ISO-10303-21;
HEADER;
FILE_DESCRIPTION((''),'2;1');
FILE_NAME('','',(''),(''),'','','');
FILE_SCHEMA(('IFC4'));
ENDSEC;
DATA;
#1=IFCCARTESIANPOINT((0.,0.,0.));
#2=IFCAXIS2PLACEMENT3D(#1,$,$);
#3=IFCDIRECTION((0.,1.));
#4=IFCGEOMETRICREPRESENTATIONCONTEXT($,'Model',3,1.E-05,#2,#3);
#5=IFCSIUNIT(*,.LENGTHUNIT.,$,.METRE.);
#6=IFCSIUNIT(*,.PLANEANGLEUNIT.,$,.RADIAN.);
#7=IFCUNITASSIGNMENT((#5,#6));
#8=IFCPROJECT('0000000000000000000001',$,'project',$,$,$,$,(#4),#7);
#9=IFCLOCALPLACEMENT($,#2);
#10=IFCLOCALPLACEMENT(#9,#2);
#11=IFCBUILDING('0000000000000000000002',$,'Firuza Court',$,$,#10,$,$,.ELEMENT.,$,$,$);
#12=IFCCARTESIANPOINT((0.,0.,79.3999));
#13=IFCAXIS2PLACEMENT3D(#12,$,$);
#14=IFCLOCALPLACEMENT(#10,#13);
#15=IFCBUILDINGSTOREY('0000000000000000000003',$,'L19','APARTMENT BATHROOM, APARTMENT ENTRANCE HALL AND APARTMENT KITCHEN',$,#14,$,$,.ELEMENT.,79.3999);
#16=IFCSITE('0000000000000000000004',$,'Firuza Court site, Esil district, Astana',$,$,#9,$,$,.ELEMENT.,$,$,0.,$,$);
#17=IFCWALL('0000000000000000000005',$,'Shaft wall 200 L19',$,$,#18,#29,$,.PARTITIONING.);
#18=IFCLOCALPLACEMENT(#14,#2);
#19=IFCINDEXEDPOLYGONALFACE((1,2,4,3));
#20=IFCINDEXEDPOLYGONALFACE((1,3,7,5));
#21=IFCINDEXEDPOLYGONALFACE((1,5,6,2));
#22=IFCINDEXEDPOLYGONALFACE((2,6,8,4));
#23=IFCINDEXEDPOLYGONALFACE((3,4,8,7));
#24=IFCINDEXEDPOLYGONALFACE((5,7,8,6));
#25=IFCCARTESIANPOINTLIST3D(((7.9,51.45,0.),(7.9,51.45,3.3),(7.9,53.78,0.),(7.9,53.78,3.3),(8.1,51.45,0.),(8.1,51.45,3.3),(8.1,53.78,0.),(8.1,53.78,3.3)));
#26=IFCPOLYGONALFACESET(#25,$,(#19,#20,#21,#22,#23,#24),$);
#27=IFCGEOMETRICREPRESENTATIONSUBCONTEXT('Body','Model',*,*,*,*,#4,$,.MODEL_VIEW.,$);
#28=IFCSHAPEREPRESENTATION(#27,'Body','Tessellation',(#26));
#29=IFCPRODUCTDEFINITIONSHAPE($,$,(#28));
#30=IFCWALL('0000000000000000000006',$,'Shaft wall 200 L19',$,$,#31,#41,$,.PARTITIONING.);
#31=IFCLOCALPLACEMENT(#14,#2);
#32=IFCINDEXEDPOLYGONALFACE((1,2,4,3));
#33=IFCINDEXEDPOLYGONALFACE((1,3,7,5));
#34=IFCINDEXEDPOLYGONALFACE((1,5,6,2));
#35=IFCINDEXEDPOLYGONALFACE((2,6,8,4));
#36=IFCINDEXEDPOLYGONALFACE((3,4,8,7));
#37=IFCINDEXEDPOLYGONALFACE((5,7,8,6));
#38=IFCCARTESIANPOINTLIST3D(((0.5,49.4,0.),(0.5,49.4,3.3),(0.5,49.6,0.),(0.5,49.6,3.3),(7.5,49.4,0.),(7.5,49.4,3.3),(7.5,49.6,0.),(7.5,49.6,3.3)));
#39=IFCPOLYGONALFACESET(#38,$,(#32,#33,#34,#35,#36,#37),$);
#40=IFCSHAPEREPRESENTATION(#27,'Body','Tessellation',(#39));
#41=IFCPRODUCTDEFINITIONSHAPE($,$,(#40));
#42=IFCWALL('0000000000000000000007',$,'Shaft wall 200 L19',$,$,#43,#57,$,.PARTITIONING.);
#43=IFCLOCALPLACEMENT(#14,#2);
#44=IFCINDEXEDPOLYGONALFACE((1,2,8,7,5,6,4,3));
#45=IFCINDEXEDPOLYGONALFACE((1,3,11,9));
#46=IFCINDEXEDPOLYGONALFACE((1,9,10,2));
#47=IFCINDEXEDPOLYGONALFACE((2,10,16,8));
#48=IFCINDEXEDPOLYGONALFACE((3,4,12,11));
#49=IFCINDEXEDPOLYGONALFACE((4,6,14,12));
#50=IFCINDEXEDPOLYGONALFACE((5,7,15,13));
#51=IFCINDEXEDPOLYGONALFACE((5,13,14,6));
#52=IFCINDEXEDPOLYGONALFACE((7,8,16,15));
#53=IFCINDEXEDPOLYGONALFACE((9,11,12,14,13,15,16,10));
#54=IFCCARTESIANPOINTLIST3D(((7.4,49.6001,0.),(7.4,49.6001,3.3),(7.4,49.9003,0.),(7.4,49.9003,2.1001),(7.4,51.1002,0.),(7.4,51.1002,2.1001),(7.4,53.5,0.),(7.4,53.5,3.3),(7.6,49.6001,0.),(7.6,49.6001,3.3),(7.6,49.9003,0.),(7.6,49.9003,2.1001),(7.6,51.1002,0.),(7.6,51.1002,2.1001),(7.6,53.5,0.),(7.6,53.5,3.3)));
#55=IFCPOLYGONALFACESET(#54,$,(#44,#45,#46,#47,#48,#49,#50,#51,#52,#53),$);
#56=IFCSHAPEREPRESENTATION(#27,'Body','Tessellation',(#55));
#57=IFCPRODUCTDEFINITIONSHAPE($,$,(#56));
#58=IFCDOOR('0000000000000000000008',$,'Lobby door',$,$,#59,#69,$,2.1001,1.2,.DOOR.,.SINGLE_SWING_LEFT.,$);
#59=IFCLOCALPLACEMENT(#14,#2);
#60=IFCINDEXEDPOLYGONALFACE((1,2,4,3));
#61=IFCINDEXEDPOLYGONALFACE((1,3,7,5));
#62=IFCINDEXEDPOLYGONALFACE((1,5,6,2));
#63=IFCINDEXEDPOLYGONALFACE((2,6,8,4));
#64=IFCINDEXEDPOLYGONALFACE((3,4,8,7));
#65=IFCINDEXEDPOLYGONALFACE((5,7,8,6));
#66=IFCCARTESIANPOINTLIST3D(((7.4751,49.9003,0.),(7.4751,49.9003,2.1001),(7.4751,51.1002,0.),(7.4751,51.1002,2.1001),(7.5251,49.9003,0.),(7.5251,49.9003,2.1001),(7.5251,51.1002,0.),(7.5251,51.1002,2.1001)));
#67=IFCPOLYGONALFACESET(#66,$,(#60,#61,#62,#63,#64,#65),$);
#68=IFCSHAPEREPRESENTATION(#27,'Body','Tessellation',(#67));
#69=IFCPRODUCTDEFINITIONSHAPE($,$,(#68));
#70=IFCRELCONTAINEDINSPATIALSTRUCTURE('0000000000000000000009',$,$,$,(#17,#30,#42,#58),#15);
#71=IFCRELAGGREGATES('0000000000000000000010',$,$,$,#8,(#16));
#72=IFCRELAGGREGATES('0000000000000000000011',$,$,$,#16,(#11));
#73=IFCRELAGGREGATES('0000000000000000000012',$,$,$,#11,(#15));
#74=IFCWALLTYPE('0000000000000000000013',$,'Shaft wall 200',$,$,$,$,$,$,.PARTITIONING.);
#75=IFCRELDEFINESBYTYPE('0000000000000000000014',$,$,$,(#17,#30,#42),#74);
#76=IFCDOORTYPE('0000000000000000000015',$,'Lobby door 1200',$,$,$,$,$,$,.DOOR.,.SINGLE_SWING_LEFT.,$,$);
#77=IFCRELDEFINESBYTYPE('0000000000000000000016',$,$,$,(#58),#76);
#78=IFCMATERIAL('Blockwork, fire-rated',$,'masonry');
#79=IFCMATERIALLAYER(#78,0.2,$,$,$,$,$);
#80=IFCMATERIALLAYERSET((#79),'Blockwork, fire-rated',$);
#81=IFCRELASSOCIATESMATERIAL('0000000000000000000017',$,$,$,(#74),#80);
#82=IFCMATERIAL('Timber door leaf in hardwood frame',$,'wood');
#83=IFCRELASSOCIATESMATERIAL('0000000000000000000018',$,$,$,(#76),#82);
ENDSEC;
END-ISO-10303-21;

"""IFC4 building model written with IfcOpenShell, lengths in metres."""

from ifc_helpers import new_model, si_unit, direction, frame, frame_2d, origin, place, context, subcontext, project, spatial, rectangle, extrude, material, layer, layer_set, type_object, element, fill, save


model = new_model("IFC4")

# Units and contexts
model_context = context("Model", 3, precision=1e-05, world=origin(), true_north=direction((0.0, 1.0)))
body_context = subcontext(model_context, "Body", "Model", "MODEL_VIEW")
ifc_project = project(units=[si_unit("LENGTHUNIT", "METRE"), si_unit("PLANEANGLEUNIT", "RADIAN")], contexts=[model_context])

# Site, building, storey
site_placement = place(None, origin())
site = spatial("IfcSite", under=ifc_project, at=site_placement, Name="Firuza Court site, Esil district, Astana", CompositionType="ELEMENT", RefElevation=0.0)
building_placement = place(site_placement, origin())
building = spatial("IfcBuilding", under=site, at=building_placement, Name="Firuza Court", CompositionType="ELEMENT")
storey_placement = place(building_placement, frame((0.0, 0.0, 79.3999)))
storey = spatial("IfcBuildingStorey", under=building, at=storey_placement, Name="L19", Description="APARTMENT BATHROOM, APARTMENT ENTRANCE HALL AND APARTMENT KITCHEN", CompositionType="ELEMENT", Elevation=79.3999)

# Shared definitions
ifc_material_1 = material(Name="Blockwork, fire-rated", Category="masonry")
ifc_layer_1 = layer(ifc_material_1, 0.2)
ifc_layer_set_1 = layer_set([ifc_layer_1], Name="Blockwork, fire-rated")
wall_type_1 = type_object("IfcWallType", Name="Shaft wall 200", PredefinedType="PARTITIONING", material=ifc_layer_set_1)
ifc_material_2 = material(Name="Timber door leaf in hardwood frame", Category="wood")
door_type_1 = type_object("IfcDoorType", Name="Lobby door 1200", OperationType="SINGLE_SWING_LEFT", PredefinedType="DOOR", material=ifc_material_2)

# Walls
wall_1_placement = place(storey_placement, frame((8.0, 51.45, 0.0), z_axis=(0.0, 0.0, 1.0), x_axis=(0.0, 1.0, 0.0)))
element("IfcWall", 1, at=wall_1_placement, inside=storey, type_object=wall_type_1, Name="Shaft wall 200 L19", PredefinedType="PARTITIONING", context=body_context, shape_type="SweptSolid", body=[
    extrude(rectangle(XDim=2.3301, YDim=0.2, at=frame_2d((1.165, 0.0))), origin(), (0.0, 0.0, 1.0), 3.3),
])
wall_2_placement = place(storey_placement, frame((0.5, 49.5, 0.0), z_axis=(0.0, 0.0, 1.0), x_axis=(1.0, 0.0, 0.0)))
element("IfcWall", 2, at=wall_2_placement, inside=storey, type_object=wall_type_1, Name="Shaft wall 200 L19", PredefinedType="PARTITIONING", context=body_context, shape_type="SweptSolid", body=[
    extrude(rectangle(XDim=7.0, YDim=0.2, at=frame_2d((3.5, 0.0))), origin(), (0.0, 0.0, 1.0), 3.3),
])

# Wall, opening, door
wall_3_placement = place(storey_placement, frame((7.5, 49.6001, 0.0), z_axis=(0.0, 0.0, 1.0), x_axis=(0.0, 1.0, 0.0)))
wall_3 = element("IfcWall", 3, at=wall_3_placement, inside=storey, type_object=wall_type_1, Name="Shaft wall 200 L19", PredefinedType="PARTITIONING", context=body_context, shape_type="SweptSolid", body=[
    extrude(rectangle(XDim=3.8999, YDim=0.2, at=frame_2d((1.95, 0.0))), origin(), (0.0, 0.0, 1.0), 3.3),
])
opening_1_placement = place(wall_3_placement, frame((0.3, 0.0, 0.0)))
opening_1 = element("IfcOpeningElement", 4, at=opening_1_placement, cuts=wall_3, PredefinedType="OPENING", context=body_context, shape_type="SweptSolid", body=[
    extrude(rectangle(XDim=1.2, YDim=2.1001, at=frame_2d((0.6001, 1.05))), frame((0.0, 0.1118, 0.0), z_axis=(0.0, -1.0, 0.0), x_axis=(1.0, 0.0, 0.0)), (0.0, 0.0, 1.0), 0.2239),
])
door_1_placement = place(opening_1_placement, origin())
door_1 = element("IfcDoor", 5, at=door_1_placement, inside=storey, type_object=door_type_1, Name="Lobby door", OperationType="SINGLE_SWING_LEFT", OverallHeight=2.1001, OverallWidth=1.2, PredefinedType="DOOR", context=body_context, shape_type="SweptSolid", body=[
    extrude(rectangle(XDim=1.2, YDim=2.1001, at=frame_2d((0.6001, 1.05))), frame((0.0, 0.0249, 0.0), z_axis=(0.0, -1.0, 0.0), x_axis=(1.0, 0.0, 0.0)), (0.0, 0.0, 1.0), 0.05),
])
fill(opening_1, door_1)

save(model, "model.ifc")
